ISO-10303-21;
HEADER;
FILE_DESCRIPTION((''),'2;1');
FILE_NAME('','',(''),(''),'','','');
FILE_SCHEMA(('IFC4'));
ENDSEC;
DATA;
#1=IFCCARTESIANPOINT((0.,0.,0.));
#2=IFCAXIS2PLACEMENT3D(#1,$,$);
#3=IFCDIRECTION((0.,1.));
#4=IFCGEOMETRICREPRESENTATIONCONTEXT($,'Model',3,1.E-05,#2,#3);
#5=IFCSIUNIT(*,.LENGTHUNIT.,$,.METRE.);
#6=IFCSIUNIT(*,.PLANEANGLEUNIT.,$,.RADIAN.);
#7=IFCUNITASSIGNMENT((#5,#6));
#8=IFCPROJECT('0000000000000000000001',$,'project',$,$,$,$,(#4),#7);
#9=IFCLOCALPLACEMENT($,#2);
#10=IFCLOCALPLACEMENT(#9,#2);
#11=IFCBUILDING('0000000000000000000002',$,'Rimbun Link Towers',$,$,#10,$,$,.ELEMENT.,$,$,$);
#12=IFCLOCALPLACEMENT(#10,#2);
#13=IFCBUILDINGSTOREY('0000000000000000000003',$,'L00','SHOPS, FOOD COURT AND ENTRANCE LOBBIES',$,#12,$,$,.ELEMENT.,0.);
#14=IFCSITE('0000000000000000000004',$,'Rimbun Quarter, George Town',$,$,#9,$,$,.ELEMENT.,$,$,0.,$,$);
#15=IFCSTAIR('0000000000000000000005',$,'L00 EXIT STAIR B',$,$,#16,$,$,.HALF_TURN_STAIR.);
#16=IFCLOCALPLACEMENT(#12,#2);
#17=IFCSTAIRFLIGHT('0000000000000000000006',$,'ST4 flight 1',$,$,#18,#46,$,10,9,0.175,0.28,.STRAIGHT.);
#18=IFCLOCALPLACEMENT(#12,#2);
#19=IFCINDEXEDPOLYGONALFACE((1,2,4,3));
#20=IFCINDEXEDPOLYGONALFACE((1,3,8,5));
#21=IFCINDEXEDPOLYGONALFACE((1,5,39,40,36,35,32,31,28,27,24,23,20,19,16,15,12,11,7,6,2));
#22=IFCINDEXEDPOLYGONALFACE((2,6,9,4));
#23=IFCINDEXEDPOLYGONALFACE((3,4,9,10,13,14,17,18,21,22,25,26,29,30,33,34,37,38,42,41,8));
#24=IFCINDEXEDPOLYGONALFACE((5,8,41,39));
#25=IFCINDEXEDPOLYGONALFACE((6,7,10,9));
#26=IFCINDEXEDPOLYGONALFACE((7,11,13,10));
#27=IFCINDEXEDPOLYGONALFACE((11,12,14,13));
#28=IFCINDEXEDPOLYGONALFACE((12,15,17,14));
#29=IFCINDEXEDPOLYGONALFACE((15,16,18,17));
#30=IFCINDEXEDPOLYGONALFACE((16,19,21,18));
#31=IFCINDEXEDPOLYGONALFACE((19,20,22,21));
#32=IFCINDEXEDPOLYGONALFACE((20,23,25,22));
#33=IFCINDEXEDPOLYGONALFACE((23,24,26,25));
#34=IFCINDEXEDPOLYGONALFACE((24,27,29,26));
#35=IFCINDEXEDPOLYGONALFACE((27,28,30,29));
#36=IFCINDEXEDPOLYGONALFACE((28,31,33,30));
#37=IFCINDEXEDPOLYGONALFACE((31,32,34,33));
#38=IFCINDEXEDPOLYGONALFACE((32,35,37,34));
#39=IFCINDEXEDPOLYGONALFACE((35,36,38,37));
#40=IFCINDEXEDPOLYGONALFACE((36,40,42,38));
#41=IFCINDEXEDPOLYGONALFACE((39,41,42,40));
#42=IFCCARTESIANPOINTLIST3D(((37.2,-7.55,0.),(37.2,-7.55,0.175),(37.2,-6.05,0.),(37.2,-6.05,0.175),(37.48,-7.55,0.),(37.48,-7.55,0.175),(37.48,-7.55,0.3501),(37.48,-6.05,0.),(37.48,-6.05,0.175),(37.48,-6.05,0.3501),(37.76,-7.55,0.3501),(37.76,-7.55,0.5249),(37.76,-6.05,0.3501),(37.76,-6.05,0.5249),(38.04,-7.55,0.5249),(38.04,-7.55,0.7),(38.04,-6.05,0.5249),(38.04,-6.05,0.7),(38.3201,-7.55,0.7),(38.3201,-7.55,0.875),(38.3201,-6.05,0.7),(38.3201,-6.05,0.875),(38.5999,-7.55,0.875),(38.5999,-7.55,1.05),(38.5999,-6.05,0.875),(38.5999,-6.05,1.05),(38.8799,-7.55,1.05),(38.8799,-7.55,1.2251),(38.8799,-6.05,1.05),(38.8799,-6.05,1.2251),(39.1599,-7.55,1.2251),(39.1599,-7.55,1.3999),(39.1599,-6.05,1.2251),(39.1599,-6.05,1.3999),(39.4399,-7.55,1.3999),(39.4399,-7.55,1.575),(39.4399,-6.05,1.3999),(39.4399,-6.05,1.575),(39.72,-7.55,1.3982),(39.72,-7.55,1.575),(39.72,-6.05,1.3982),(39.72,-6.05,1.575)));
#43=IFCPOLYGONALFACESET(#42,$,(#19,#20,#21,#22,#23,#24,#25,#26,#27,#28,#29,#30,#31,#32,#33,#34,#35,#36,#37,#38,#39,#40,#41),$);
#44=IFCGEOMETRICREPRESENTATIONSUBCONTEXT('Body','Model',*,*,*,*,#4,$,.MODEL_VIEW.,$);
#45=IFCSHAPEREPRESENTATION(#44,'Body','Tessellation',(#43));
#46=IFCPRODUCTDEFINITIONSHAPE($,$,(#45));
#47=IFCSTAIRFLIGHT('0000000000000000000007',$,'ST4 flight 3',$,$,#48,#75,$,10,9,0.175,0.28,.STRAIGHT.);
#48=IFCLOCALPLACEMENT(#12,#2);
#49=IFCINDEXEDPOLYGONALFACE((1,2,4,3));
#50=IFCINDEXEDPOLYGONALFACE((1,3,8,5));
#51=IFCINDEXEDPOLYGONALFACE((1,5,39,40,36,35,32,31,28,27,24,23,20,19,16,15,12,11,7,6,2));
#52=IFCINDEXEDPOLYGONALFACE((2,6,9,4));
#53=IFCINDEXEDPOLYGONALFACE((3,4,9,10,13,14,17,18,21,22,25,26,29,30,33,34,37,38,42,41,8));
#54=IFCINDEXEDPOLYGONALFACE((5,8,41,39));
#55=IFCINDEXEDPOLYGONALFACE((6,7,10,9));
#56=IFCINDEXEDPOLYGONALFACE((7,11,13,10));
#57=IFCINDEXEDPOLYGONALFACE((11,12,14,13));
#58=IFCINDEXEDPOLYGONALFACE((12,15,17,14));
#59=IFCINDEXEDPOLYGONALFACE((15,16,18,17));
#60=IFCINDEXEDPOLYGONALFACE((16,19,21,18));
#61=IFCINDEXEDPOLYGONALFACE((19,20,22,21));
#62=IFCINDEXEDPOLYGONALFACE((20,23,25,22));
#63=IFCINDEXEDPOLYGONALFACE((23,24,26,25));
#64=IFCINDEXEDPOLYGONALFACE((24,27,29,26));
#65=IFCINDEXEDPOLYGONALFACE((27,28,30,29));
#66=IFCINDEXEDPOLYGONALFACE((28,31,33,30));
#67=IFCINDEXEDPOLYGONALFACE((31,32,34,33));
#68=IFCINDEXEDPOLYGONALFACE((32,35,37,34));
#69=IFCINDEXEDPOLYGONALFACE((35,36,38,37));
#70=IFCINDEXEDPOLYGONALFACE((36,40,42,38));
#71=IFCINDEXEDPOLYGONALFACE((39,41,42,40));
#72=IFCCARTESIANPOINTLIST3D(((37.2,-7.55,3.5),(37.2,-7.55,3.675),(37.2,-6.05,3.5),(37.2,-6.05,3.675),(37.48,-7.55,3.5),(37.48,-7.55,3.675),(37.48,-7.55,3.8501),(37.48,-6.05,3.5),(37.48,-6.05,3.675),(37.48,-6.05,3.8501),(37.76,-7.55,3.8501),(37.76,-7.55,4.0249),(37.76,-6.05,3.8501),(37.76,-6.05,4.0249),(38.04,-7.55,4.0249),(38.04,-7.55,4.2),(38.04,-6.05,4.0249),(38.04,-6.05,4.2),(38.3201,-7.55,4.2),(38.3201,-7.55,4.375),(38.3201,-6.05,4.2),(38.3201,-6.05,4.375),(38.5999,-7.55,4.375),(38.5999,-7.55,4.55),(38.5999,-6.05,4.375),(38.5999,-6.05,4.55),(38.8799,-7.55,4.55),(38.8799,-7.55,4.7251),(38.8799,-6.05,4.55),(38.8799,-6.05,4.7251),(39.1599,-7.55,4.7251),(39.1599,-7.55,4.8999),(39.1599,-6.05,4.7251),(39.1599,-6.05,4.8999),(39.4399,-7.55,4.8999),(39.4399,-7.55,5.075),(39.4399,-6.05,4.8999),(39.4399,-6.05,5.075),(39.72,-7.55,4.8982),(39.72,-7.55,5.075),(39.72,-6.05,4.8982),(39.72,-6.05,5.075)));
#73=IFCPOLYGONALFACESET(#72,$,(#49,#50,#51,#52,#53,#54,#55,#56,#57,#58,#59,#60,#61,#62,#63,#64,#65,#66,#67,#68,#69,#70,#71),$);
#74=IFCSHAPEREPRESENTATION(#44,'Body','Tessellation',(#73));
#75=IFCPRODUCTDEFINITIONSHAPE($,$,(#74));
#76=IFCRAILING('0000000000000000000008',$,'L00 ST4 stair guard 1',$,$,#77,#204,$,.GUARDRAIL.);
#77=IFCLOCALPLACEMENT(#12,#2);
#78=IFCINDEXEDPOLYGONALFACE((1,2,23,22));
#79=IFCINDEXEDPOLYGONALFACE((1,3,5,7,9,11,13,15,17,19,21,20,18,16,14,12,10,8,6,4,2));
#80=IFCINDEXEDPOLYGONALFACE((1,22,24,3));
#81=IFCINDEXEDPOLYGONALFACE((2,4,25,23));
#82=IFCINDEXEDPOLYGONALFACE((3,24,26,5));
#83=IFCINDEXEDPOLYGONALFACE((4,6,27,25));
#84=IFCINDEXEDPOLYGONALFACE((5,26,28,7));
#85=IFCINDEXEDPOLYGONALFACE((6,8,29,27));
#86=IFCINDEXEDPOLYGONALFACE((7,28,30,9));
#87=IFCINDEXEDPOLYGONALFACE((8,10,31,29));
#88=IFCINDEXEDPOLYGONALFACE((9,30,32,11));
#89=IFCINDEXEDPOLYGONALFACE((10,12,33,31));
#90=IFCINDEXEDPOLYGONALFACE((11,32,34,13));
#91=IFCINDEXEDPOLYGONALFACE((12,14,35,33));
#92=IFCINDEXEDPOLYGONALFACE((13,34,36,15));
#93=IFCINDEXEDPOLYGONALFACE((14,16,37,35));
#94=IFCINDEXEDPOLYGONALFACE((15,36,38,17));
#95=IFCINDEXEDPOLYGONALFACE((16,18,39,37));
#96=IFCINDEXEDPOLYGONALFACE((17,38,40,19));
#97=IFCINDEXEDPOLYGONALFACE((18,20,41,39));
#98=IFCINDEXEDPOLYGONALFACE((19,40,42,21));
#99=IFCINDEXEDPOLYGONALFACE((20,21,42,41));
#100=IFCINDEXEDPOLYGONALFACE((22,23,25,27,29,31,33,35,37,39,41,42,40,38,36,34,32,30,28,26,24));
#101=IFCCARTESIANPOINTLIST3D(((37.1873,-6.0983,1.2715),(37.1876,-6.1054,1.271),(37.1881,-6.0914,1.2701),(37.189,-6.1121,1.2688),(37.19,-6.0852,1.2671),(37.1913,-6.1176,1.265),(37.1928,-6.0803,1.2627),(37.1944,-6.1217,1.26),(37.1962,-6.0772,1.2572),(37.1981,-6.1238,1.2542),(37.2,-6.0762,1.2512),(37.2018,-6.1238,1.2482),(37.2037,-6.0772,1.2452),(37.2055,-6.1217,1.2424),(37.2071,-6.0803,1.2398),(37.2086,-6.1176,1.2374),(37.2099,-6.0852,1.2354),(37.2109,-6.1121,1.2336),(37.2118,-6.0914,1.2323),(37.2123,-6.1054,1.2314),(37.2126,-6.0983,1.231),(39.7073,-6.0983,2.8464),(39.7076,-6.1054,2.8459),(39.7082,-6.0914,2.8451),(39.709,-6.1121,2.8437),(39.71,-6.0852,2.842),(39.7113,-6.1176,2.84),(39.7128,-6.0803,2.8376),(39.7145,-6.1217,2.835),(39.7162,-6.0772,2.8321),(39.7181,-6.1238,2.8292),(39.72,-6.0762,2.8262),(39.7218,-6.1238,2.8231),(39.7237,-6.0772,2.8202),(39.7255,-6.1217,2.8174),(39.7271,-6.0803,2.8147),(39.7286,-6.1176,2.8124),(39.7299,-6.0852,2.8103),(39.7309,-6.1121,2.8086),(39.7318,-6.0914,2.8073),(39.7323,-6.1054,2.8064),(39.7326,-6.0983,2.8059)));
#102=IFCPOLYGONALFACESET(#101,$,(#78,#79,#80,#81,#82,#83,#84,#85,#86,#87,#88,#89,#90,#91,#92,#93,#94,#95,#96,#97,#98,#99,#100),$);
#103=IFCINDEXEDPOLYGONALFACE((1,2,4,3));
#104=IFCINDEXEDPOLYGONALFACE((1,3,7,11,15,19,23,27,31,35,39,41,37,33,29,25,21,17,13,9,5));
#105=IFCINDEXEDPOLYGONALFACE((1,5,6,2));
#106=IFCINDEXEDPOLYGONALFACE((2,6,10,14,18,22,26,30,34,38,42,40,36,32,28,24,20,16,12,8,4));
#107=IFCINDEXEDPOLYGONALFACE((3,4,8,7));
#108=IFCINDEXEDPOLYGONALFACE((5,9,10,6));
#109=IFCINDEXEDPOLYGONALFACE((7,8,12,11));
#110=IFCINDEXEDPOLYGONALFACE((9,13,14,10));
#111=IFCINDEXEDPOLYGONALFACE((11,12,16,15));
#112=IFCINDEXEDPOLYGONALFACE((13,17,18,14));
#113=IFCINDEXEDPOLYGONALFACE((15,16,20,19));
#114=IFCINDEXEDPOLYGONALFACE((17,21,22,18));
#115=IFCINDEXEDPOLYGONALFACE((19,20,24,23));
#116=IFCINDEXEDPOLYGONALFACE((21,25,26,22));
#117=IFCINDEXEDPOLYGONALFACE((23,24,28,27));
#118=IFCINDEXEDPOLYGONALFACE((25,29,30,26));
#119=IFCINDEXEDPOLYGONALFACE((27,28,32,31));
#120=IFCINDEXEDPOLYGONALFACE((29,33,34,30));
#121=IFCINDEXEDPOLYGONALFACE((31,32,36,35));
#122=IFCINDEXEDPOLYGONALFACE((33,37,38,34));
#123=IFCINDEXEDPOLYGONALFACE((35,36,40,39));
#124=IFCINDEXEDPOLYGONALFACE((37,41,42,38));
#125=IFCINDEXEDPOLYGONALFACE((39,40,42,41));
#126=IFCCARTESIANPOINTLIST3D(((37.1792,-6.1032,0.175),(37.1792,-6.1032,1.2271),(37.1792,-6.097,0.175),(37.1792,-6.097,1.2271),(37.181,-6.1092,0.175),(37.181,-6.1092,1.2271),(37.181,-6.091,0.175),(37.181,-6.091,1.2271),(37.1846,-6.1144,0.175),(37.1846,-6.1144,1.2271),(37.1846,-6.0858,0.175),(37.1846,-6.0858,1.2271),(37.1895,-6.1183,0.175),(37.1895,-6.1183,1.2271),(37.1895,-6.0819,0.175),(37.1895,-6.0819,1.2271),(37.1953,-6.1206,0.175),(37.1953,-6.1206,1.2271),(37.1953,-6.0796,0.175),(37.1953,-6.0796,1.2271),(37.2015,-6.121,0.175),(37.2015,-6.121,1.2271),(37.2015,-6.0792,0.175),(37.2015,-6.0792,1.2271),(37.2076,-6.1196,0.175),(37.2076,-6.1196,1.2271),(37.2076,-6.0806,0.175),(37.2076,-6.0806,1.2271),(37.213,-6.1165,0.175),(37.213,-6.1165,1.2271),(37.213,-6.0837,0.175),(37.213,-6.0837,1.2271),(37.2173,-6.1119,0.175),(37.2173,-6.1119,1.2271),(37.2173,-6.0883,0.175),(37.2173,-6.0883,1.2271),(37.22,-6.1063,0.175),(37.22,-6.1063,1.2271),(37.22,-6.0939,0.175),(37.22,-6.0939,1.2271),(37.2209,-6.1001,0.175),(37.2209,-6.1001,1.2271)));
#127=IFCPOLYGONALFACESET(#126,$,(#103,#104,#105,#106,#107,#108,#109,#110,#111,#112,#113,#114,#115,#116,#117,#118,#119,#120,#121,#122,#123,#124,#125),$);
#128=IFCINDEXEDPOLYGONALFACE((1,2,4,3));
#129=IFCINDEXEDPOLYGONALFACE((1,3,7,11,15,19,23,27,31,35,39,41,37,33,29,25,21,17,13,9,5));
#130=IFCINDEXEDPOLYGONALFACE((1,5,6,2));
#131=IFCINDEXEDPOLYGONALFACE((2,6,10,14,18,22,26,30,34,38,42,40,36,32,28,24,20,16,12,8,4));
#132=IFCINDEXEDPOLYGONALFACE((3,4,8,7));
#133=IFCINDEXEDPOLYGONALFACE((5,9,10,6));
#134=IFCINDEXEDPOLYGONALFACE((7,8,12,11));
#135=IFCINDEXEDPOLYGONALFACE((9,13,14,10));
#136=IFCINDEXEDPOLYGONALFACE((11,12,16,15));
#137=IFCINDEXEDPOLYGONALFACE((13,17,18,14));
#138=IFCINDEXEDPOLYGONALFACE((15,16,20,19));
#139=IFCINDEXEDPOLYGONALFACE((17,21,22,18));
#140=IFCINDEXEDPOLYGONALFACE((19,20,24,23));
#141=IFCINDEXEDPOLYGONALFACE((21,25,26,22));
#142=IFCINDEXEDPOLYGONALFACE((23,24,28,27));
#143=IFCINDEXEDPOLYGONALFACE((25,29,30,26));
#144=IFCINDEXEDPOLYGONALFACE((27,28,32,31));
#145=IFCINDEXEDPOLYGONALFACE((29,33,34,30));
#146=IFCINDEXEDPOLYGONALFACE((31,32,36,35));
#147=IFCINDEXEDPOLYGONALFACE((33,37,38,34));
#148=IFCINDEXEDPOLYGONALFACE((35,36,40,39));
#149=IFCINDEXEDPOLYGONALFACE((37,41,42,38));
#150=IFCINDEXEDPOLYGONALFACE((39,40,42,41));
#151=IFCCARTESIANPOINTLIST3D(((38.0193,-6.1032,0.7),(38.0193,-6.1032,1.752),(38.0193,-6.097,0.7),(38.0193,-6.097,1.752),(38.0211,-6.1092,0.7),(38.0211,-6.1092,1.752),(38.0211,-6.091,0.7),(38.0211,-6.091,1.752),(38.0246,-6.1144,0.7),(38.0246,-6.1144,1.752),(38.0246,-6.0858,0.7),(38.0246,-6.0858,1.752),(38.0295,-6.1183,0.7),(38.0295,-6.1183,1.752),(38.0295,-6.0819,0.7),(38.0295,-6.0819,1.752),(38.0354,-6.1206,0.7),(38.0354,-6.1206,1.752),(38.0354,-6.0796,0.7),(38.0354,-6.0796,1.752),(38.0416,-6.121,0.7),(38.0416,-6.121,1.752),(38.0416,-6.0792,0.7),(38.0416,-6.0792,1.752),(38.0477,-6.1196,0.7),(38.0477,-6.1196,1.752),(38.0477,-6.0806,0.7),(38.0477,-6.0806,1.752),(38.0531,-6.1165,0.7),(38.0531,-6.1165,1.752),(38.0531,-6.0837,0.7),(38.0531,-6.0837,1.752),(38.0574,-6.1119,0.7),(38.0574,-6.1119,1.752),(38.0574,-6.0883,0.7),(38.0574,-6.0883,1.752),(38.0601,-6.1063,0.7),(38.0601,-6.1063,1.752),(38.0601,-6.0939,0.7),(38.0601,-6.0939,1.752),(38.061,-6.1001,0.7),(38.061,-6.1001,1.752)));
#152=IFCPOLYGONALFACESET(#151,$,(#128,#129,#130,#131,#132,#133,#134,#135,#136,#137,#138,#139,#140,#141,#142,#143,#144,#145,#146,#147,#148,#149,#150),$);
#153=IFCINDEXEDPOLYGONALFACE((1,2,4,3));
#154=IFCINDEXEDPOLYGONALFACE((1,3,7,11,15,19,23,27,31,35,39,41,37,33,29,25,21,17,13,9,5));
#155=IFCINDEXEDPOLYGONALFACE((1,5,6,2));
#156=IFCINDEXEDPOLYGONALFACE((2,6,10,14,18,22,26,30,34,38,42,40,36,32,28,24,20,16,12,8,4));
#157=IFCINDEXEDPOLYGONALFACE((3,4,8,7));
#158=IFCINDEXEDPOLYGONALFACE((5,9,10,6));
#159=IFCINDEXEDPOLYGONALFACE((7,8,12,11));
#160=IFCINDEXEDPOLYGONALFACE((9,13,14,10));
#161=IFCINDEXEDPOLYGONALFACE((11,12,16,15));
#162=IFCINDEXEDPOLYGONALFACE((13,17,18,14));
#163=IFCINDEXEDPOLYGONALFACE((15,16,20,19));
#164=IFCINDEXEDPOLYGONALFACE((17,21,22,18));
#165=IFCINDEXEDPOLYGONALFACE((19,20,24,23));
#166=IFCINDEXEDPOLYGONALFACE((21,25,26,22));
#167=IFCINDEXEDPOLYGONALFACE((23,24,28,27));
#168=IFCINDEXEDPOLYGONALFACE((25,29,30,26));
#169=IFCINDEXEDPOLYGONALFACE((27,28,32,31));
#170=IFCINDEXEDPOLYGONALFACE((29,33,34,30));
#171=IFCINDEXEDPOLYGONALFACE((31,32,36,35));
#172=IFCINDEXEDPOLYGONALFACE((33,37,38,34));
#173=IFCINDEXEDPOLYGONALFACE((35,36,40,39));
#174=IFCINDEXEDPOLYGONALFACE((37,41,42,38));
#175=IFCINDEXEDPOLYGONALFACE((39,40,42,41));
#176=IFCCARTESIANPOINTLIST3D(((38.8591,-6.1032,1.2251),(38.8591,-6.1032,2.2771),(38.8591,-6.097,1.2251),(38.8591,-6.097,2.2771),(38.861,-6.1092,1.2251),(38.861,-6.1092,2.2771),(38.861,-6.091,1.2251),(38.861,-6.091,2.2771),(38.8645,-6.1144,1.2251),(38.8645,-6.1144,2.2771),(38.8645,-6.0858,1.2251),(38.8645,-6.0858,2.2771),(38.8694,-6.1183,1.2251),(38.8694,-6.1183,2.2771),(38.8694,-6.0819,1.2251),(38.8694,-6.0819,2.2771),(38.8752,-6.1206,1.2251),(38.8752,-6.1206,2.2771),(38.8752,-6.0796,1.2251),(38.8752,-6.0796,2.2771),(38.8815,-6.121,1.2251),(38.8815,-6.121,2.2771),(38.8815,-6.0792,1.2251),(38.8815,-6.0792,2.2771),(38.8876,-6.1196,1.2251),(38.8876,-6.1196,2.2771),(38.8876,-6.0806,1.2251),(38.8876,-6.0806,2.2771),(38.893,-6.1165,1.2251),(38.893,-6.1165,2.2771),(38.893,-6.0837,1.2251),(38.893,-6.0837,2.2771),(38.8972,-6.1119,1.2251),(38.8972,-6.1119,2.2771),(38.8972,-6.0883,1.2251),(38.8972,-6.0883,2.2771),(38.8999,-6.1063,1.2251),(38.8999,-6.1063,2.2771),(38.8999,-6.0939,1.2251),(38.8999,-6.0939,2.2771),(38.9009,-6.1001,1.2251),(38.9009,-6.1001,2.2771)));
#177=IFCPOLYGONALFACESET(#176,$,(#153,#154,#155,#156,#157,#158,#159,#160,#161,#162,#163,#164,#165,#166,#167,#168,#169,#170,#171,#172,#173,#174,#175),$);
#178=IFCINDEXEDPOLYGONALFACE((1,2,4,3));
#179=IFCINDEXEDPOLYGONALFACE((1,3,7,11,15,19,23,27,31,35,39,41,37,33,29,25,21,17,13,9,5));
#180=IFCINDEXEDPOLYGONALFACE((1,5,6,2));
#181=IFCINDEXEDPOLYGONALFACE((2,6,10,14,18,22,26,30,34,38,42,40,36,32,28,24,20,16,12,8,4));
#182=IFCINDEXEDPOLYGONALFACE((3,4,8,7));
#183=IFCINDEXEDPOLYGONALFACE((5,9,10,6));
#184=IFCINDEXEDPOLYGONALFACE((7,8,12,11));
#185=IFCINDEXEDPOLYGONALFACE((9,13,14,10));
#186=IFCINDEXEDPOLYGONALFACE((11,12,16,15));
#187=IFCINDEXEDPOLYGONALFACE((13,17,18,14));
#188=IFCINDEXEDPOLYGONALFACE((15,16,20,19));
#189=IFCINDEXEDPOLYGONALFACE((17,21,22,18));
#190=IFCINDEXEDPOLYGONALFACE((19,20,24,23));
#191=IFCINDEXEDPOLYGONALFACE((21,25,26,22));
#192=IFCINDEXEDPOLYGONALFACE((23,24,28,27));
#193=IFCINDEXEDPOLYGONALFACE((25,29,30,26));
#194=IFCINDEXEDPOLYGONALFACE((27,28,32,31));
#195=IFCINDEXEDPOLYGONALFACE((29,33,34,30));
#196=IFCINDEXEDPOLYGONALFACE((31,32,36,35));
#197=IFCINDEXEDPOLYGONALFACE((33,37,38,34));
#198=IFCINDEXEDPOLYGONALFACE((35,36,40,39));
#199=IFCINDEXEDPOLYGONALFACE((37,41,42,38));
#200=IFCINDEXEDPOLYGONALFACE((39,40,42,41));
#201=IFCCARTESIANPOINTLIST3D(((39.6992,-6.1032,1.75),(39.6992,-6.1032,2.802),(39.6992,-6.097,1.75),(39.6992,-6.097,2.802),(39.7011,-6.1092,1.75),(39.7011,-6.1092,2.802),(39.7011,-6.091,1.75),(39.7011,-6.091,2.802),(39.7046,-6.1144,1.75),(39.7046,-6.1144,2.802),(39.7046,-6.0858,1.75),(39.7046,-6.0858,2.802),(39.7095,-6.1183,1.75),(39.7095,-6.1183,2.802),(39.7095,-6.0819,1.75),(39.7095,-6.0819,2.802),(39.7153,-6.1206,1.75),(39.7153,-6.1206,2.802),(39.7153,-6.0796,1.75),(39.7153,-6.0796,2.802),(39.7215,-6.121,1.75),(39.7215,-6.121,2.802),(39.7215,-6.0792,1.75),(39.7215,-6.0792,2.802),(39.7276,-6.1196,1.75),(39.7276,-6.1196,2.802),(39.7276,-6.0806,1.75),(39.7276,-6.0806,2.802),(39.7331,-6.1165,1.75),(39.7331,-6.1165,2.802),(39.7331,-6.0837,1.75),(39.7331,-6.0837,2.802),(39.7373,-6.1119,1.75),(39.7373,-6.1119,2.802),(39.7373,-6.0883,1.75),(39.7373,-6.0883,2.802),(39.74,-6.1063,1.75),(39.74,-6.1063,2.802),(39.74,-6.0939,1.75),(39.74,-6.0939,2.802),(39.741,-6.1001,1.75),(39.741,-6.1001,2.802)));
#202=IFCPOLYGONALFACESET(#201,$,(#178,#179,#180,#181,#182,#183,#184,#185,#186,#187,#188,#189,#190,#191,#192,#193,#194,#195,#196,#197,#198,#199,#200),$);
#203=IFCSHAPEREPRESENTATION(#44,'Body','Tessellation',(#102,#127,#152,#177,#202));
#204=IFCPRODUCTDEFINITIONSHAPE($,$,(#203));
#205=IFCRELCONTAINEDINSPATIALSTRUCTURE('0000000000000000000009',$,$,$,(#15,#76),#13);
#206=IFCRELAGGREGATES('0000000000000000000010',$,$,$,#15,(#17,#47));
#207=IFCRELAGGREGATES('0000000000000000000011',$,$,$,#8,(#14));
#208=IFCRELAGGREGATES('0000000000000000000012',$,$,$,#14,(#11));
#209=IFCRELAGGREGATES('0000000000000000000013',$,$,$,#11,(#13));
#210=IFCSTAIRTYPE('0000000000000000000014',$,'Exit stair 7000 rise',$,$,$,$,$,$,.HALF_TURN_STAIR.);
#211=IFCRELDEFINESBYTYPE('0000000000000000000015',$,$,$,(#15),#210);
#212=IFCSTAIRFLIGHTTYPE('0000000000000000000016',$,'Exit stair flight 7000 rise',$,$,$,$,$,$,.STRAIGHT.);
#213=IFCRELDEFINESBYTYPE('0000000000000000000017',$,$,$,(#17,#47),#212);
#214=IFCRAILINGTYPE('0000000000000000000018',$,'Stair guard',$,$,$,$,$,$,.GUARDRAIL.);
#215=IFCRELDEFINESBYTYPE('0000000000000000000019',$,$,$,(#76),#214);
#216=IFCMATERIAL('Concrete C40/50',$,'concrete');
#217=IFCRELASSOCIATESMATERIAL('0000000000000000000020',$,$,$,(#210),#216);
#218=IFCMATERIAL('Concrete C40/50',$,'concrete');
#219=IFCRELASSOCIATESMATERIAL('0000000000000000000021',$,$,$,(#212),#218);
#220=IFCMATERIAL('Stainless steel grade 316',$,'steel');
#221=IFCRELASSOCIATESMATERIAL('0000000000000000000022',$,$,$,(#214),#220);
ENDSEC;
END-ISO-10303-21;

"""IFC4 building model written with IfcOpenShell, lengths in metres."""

from ifc_helpers import new_model, si_unit, direction, frame, origin, origin_2d, place, context, subcontext, project, spatial, polyline, circle, outline, extrude, material, type_object, element, aggregate, save


model = new_model("IFC4")

# Units and contexts
model_context = context("Model", 3, precision=1e-05, world=origin(), true_north=direction((0.0, 1.0)))
body_context = subcontext(model_context, "Body", "Model", "MODEL_VIEW")
ifc_project = project(units=[si_unit("LENGTHUNIT", "METRE"), si_unit("PLANEANGLEUNIT", "RADIAN")], contexts=[model_context])

# Site, building, storey
site_placement = place(None, origin())
site = spatial("IfcSite", under=ifc_project, at=site_placement, Name="Rimbun Quarter, George Town", CompositionType="ELEMENT", RefElevation=0.0)
building_placement = place(site_placement, origin())
building = spatial("IfcBuilding", under=site, at=building_placement, Name="Rimbun Link Towers", CompositionType="ELEMENT")
storey_placement = place(building_placement, origin())
storey = spatial("IfcBuildingStorey", under=building, at=storey_placement, Name="L00", Description="SHOPS, FOOD COURT AND ENTRANCE LOBBIES", CompositionType="ELEMENT", Elevation=0.0)

# Stair, stair flights
ifc_material_1 = material(Name="Concrete C40/50", Category="concrete")
stair_type = type_object("IfcStairType", Name="Exit stair 7000 rise", PredefinedType="HALF_TURN_STAIR", material=ifc_material_1)
stair_placement = place(storey_placement, origin())
stair = element("IfcStair", 1, at=stair_placement, inside=storey, type_object=stair_type, Name="L00 EXIT STAIR B", PredefinedType="HALF_TURN_STAIR")
ifc_material_2 = material(Name="Concrete C40/50", Category="concrete")
stair_flight_type = type_object("IfcStairFlightType", Name="Exit stair flight 7000 rise", PredefinedType="STRAIGHT", material=ifc_material_2)
stair_flight_1_placement = place(storey_placement, frame((37.2, -6.8, 0.0), z_axis=(0.0, 0.0, 1.0), x_axis=(1.0, 0.0, 0.0)))
stair_flight_1 = element("IfcStairFlight", 2, at=stair_flight_1_placement, type_object=stair_flight_type, Name="ST4 flight 1", NumberOfRisers=10, NumberOfTreads=9, PredefinedType="STRAIGHT", RiserHeight=0.175, TreadLength=0.28, context=body_context, shape_type="SweptSolid", body=[
    extrude(outline(polyline([(0.0, 0.0), (0.0, 0.175), (0.28, 0.175), (0.28, 0.3501), (0.5601, 0.3501), (0.5601, 0.5249), (0.8401, 0.5249), (0.8401, 0.7), (1.1201, 0.7), (1.1201, 0.875), (1.3999, 0.875), (1.3999, 1.05), (1.6799, 1.05), (1.6799, 1.2251), (1.96, 1.2251), (1.96, 1.3999), (2.24, 1.3999), (2.24, 1.575), (2.52, 1.575), (2.52, 1.75), (2.52, 1.3982), (0.28, 0.0), (0.0, 0.0)])), frame((0.0, 0.75, 0.0), z_axis=(0.0, -1.0, 0.0), x_axis=(1.0, 0.0, 0.0)), (0.0, 0.0, 1.0), 1.5),
])
stair_flight_2_placement = place(storey_placement, frame((37.2, -6.8, 3.5), z_axis=(0.0, 0.0, 1.0), x_axis=(1.0, 0.0, 0.0)))
stair_flight_2 = element("IfcStairFlight", 3, at=stair_flight_2_placement, type_object=stair_flight_type, Name="ST4 flight 3", NumberOfRisers=10, NumberOfTreads=9, PredefinedType="STRAIGHT", RiserHeight=0.175, TreadLength=0.28, context=body_context, shape_type="SweptSolid", body=[
    extrude(outline(polyline([(0.0, 0.0), (0.0, 0.175), (0.28, 0.175), (0.28, 0.3501), (0.5601, 0.3501), (0.5601, 0.5249), (0.8401, 0.5249), (0.8401, 0.7), (1.1201, 0.7), (1.1201, 0.875), (1.3999, 0.875), (1.3999, 1.05), (1.6799, 1.05), (1.6799, 1.2251), (1.96, 1.2251), (1.96, 1.3999), (2.24, 1.3999), (2.24, 1.575), (2.52, 1.575), (2.52, 1.75), (2.52, 1.3982), (0.28, 0.0), (0.0, 0.0)])), frame((0.0, 0.75, 0.0), z_axis=(0.0, -1.0, 0.0), x_axis=(1.0, 0.0, 0.0)), (0.0, 0.0, 1.0), 1.5),
])
aggregate(stair, [stair_flight_1, stair_flight_2])

# Railing
ifc_material_3 = material(Name="Stainless steel grade 316", Category="steel")
railing_type_1 = type_object("IfcRailingType", Name="Stair guard", PredefinedType="GUARDRAIL", material=ifc_material_3)
railing_placement = place(storey_placement, frame((37.2, -6.1001, 0.175)))
element("IfcRailing", 4, at=railing_placement, inside=storey, type_object=railing_type_1, Name="L00 ST4 stair guard 1", PredefinedType="GUARDRAIL", context=body_context, shape_type="SweptSolid", body=[
    extrude(circle(Radius=0.0239, at=origin_2d()), frame((0.0, 0.0, 1.0762), z_axis=(0.848008, 0.0, 0.529984), x_axis=(0.0, 1.0, 0.0)), (0.0, 0.0, 1.0), 2.9717),
    extrude(circle(Radius=0.021, at=origin_2d()), origin(), (0.0, 0.0, 1.0), 1.052),
    extrude(circle(Radius=0.021, at=origin_2d()), frame((0.8401, 0.0, 0.5249)), (0.0, 0.0, 1.0), 1.052),
    extrude(circle(Radius=0.021, at=origin_2d()), frame((1.6799, 0.0, 1.05)), (0.0, 0.0, 1.0), 1.052),
    extrude(circle(Radius=0.021, at=origin_2d()), frame((2.52, 0.0, 1.575)), (0.0, 0.0, 1.0), 1.052),
])

save(model, "model.ifc")
